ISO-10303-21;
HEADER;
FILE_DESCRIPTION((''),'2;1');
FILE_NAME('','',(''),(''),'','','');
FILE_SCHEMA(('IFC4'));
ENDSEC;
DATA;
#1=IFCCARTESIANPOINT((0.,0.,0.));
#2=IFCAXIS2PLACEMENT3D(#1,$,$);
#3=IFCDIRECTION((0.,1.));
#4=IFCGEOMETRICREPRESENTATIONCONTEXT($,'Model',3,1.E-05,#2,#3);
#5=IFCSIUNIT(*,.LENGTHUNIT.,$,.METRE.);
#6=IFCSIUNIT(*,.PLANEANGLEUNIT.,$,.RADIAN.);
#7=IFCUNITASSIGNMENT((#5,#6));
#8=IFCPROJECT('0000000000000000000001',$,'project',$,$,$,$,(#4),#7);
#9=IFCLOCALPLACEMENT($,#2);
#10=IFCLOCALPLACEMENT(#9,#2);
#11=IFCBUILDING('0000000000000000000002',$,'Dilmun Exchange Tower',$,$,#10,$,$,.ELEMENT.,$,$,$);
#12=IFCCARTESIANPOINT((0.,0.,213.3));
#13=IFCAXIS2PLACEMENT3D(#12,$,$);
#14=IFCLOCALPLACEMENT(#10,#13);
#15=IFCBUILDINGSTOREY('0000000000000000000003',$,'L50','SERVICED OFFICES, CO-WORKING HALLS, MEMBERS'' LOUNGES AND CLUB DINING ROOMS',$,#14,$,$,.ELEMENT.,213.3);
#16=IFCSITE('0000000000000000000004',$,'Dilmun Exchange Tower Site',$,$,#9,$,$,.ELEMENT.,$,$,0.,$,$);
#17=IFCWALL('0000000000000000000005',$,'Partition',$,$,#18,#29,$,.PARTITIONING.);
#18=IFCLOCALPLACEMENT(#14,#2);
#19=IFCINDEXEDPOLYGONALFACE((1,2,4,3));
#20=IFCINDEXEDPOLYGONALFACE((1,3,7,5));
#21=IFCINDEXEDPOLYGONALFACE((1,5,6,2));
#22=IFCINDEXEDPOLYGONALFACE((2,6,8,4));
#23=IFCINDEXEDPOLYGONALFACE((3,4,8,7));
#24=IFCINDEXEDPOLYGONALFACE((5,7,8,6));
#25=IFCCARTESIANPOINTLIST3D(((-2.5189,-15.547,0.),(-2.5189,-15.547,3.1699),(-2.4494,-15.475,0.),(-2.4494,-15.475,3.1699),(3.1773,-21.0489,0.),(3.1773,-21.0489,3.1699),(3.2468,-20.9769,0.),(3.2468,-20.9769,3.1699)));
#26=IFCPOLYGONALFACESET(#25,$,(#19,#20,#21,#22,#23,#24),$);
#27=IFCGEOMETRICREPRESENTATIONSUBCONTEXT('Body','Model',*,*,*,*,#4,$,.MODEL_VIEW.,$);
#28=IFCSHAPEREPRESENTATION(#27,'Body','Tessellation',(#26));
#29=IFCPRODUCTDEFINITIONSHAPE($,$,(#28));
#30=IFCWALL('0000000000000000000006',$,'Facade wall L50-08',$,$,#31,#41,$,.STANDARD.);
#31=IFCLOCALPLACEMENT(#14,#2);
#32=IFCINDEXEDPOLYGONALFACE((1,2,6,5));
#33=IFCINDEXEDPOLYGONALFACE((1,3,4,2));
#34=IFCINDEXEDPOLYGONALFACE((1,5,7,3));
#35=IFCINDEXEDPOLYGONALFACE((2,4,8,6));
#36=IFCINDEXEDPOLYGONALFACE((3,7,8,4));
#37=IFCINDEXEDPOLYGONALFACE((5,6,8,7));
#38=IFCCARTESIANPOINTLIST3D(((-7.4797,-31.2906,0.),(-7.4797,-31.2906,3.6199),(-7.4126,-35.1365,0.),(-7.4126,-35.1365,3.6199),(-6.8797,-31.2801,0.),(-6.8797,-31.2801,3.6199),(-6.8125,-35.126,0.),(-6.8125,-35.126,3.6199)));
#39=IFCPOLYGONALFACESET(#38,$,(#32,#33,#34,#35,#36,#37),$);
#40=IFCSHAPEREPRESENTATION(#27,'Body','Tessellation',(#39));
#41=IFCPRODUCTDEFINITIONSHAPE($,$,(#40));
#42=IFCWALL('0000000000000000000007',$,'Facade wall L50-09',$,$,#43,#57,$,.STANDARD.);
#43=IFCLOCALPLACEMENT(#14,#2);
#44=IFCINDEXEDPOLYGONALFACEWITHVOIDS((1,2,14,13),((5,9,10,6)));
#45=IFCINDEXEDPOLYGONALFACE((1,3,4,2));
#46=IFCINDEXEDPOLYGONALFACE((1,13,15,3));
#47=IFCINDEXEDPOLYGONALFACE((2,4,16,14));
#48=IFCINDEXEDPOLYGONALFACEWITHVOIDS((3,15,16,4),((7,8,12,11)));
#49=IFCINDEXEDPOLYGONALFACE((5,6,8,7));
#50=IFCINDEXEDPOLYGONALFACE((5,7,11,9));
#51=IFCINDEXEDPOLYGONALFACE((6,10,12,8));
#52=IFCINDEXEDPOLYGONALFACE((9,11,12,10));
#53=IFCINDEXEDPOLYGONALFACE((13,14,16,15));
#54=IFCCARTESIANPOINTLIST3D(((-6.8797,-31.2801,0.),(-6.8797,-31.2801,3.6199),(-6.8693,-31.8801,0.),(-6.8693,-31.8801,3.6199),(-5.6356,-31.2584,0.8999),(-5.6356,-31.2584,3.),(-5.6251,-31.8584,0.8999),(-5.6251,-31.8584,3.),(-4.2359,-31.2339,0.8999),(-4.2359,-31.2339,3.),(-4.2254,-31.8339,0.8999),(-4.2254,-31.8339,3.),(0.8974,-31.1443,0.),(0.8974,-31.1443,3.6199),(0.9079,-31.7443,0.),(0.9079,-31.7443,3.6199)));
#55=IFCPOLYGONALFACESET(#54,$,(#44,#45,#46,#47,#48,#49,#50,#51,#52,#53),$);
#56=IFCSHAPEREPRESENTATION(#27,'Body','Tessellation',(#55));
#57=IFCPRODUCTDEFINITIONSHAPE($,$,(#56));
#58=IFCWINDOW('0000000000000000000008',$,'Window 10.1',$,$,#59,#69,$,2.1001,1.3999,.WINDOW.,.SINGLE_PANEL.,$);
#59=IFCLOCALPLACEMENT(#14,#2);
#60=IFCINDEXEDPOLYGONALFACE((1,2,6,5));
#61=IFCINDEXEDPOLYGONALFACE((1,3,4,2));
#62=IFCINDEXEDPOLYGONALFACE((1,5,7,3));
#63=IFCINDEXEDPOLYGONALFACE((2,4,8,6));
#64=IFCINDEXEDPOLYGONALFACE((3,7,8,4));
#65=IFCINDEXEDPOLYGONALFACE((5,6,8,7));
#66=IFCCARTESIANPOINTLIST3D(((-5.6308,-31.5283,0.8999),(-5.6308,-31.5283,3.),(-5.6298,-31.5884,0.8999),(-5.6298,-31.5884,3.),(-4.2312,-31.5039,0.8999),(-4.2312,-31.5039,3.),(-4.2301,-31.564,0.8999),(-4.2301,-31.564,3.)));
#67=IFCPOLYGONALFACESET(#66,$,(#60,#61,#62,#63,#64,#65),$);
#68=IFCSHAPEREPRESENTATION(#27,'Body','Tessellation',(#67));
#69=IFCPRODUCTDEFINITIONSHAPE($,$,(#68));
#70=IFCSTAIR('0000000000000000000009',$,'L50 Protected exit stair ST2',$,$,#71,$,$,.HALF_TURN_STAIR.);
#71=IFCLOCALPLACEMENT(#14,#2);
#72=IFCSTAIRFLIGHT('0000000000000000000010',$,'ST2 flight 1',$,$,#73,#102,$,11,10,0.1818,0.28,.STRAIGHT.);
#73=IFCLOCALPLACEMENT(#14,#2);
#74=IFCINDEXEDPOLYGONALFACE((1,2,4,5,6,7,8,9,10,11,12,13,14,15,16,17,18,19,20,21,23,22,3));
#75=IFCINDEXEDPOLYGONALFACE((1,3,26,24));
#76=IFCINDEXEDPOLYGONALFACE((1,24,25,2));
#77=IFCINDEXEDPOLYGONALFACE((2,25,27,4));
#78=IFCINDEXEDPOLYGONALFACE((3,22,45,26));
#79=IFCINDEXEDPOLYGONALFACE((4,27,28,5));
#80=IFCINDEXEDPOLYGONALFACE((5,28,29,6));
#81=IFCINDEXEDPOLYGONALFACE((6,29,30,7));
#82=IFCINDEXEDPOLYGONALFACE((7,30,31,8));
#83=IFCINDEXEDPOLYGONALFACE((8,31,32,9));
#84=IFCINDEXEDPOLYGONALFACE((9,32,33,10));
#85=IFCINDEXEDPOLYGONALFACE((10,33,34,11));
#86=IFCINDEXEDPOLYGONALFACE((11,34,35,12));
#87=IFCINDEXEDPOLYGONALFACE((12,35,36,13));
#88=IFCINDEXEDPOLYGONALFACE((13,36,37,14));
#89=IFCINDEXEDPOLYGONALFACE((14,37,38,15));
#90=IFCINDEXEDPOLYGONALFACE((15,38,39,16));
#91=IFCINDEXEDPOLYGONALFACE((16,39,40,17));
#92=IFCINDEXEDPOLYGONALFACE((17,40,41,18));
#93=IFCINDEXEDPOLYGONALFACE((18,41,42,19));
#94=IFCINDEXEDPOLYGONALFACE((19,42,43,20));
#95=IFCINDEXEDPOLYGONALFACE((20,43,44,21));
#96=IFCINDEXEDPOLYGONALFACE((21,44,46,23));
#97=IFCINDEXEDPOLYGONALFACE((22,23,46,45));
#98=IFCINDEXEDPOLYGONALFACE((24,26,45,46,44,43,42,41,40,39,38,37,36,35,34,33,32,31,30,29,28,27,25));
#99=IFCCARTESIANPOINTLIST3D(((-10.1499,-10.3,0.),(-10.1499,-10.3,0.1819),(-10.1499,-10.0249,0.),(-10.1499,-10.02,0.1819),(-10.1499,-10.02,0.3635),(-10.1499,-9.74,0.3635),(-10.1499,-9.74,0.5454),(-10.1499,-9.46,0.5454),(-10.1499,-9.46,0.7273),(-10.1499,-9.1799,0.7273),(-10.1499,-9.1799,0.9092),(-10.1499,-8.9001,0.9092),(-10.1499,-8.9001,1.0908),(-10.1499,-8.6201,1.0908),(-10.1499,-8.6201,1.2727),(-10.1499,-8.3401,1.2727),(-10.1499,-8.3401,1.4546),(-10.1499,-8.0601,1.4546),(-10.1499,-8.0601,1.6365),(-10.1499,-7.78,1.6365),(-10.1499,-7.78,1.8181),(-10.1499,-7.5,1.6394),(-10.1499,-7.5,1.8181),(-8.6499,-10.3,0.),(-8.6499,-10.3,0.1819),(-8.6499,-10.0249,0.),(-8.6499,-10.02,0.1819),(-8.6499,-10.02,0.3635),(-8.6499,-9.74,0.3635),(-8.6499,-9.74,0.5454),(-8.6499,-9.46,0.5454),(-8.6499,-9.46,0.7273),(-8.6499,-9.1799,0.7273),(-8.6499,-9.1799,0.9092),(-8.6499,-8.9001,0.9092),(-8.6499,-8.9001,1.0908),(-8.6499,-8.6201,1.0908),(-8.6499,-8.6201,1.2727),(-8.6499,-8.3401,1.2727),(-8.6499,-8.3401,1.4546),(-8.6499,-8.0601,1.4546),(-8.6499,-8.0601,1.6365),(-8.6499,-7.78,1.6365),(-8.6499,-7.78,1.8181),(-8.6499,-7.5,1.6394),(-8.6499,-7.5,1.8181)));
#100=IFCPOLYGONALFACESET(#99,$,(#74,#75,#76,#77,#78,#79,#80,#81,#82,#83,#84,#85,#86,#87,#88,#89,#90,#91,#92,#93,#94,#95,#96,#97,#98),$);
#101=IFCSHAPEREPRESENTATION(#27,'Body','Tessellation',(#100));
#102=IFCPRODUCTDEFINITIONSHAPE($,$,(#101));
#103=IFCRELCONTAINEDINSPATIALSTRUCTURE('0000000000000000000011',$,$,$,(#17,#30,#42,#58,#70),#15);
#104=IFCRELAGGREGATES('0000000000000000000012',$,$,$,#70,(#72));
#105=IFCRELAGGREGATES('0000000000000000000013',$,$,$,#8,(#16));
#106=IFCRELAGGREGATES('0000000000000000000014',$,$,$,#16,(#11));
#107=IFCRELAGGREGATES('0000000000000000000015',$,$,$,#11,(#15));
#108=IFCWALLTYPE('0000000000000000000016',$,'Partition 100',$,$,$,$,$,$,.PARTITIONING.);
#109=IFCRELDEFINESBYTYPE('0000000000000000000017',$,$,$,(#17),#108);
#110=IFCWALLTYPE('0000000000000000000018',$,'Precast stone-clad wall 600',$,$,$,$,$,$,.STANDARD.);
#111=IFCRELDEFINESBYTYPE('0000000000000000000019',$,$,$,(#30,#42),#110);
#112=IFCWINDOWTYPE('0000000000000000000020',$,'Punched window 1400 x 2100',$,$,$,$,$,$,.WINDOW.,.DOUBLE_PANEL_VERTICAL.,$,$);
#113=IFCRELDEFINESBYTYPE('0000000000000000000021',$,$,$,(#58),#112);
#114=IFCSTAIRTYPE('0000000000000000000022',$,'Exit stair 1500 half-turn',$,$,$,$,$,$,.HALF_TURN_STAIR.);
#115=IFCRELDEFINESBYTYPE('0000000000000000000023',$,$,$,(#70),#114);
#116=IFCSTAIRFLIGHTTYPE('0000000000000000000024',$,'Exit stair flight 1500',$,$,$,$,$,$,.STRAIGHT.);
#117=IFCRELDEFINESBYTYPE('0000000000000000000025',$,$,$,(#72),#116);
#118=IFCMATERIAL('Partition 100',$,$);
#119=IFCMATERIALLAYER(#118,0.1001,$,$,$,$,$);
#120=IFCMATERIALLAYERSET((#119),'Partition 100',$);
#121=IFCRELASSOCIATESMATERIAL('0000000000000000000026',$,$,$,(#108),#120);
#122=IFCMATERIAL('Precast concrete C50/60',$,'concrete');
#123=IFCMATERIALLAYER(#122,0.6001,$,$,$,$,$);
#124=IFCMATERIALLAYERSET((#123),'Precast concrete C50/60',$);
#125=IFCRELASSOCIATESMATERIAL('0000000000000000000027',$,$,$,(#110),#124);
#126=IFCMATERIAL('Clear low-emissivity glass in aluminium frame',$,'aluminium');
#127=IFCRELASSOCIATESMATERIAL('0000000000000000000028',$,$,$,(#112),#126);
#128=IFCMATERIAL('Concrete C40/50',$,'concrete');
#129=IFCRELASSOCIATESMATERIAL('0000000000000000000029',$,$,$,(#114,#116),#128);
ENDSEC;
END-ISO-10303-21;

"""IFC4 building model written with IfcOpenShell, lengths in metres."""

from ifc_helpers import new_model, si_unit, direction, frame, frame_2d, origin, place, context, subcontext, project, spatial, polyline, rectangle, outline, extrude, material, layer, layer_set, type_object, element, fill, aggregate, save


model = new_model("IFC4")

# Units and contexts
model_context = context("Model", 3, precision=1e-05, world=origin(), true_north=direction((0.0, 1.0)))
body_context = subcontext(model_context, "Body", "Model", "MODEL_VIEW")
ifc_project = project(units=[si_unit("LENGTHUNIT", "METRE"), si_unit("PLANEANGLEUNIT", "RADIAN")], contexts=[model_context])

# Site, building, storey
site_placement = place(None, origin())
site = spatial("IfcSite", under=ifc_project, at=site_placement, Name="Dilmun Exchange Tower Site", CompositionType="ELEMENT", RefElevation=0.0)
building_placement = place(site_placement, origin())
building = spatial("IfcBuilding", under=site, at=building_placement, Name="Dilmun Exchange Tower", CompositionType="ELEMENT")
storey_placement = place(building_placement, frame((0.0, 0.0, 213.3)))
storey = spatial("IfcBuildingStorey", under=building, at=storey_placement, Name="L50", Description="SERVICED OFFICES, CO-WORKING HALLS, MEMBERS' LOUNGES AND CLUB DINING ROOMS", CompositionType="ELEMENT", Elevation=213.3)

# Shared definitions
ifc_material_1 = material(Name="Concrete C40/50", Category="concrete")

# Walls
ifc_material_2 = material(Name="Partition 100")
ifc_layer_1 = layer(ifc_material_2, 0.1001)
ifc_layer_set_1 = layer_set([ifc_layer_1], Name="Partition 100")
wall_type_1 = type_object("IfcWallType", Name="Partition 100", PredefinedType="PARTITIONING", material=ifc_layer_set_1)
wall_1_placement = place(storey_placement, frame((-2.4841, -15.511, 0.0), z_axis=(0.0, 0.0, 1.0), x_axis=(0.71927, -0.694731, 0.0)))
element("IfcWall", 1, at=wall_1_placement, inside=storey, type_object=wall_type_1, Name="Partition", PredefinedType="PARTITIONING", context=body_context, shape_type="SweptSolid", body=[
    extrude(rectangle(XDim=7.9194, YDim=0.1001, at=frame_2d((3.9597, 0.0))), origin(), (0.0, 0.0, 1.0), 3.1699),
])
ifc_material_3 = material(Name="Precast concrete C50/60", Category="concrete")
ifc_layer_2 = layer(ifc_material_3, 0.6001)
ifc_layer_set_2 = layer_set([ifc_layer_2], Name="Precast concrete C50/60")
wall_type_2 = type_object("IfcWallType", Name="Precast stone-clad wall 600", PredefinedType="STANDARD", material=ifc_layer_set_2)
wall_2_placement = place(storey_placement, frame((-7.1125, -35.1313, 0.0), z_axis=(0.0, 0.0, 1.0), x_axis=(-0.017454, 0.999848, 0.0)))
element("IfcWall", 2, at=wall_2_placement, inside=storey, type_object=wall_type_2, Name="Facade wall L50-08", PredefinedType="STANDARD", context=body_context, shape_type="SweptSolid", body=[
    extrude(rectangle(XDim=3.8464, YDim=0.6001, at=frame_2d((1.9233, 0.0))), origin(), (0.0, 0.0, 1.0), 3.6199),
])

# Wall, opening, window
wall_3_placement = place(storey_placement, frame((-6.8745, -31.5801, 0.0), z_axis=(0.0, 0.0, 1.0), x_axis=(0.999848, 0.017451, 0.0)))
wall_3 = element("IfcWall", 3, at=wall_3_placement, inside=storey, type_object=wall_type_2, Name="Facade wall L50-09", PredefinedType="STANDARD", context=body_context, shape_type="SweptSolid", body=[
    extrude(rectangle(XDim=7.7783, YDim=0.6001, at=frame_2d((3.8892, 0.0))), origin(), (0.0, 0.0, 1.0), 3.6199),
])
opening_1_placement = place(wall_3_placement, frame((1.2444, 0.0, 0.8999)))
opening_1 = element("IfcOpeningElement", 4, at=opening_1_placement, cuts=wall_3, PredefinedType="OPENING", context=body_context, shape_type="SweptSolid", body=[
    extrude(rectangle(XDim=1.3999, YDim=2.1001, at=frame_2d((0.7, 1.05))), frame((0.0, 0.3101, 0.0), z_axis=(0.0, -1.0, 0.0), x_axis=(1.0, 0.0, 0.0)), (0.0, 0.0, 1.0), 0.6201),
])
ifc_material_4 = material(Name="Clear low-emissivity glass in aluminium frame", Category="aluminium")
window_type = type_object("IfcWindowType", Name="Punched window 1400 x 2100", PartitioningType="DOUBLE_PANEL_VERTICAL", PredefinedType="WINDOW", material=ifc_material_4)
window_placement = place(opening_1_placement, origin())
window = element("IfcWindow", 5, at=window_placement, inside=storey, type_object=window_type, Name="Window 10.1", OverallHeight=2.1001, OverallWidth=1.3999, PartitioningType="SINGLE_PANEL", PredefinedType="WINDOW", context=body_context, shape_type="SweptSolid", body=[
    extrude(rectangle(XDim=1.3999, YDim=2.1001, at=frame_2d((0.7, 1.05))), frame((0.0, 0.03, 0.0), z_axis=(0.0, -1.0, 0.0), x_axis=(1.0, 0.0, 0.0)), (0.0, 0.0, 1.0), 0.0601),
])
fill(opening_1, window)

# Stair, stair flight
stair_type = type_object("IfcStairType", Name="Exit stair 1500 half-turn", PredefinedType="HALF_TURN_STAIR", material=ifc_material_1)
stair_placement = place(storey_placement, origin())
stair = element("IfcStair", 6, at=stair_placement, inside=storey, type_object=stair_type, Name="L50 Protected exit stair ST2", PredefinedType="HALF_TURN_STAIR")
stair_flight_type = type_object("IfcStairFlightType", Name="Exit stair flight 1500", PredefinedType="STRAIGHT", material=ifc_material_1)
stair_flight_placement = place(storey_placement, frame((-9.3999, -10.3, 0.0), z_axis=(0.0, 0.0, 1.0), x_axis=(0.0, 1.0, 0.0)))
stair_flight = element("IfcStairFlight", 7, at=stair_flight_placement, type_object=stair_flight_type, Name="ST2 flight 1", NumberOfRisers=11, NumberOfTreads=10, PredefinedType="STRAIGHT", RiserHeight=0.1818, TreadLength=0.28, context=body_context, shape_type="SweptSolid", body=[
    extrude(outline(polyline([(0.0, 0.0), (0.0, 0.1819), (0.28, 0.1819), (0.28, 0.3635), (0.5601, 0.3635), (0.5601, 0.5454), (0.8401, 0.5454), (0.8401, 0.7273), (1.1201, 0.7273), (1.1201, 0.9092), (1.3999, 0.9092), (1.3999, 1.0908), (1.6799, 1.0908), (1.6799, 1.2727), (1.96, 1.2727), (1.96, 1.4546), (2.24, 1.4546), (2.24, 1.6365), (2.52, 1.6365), (2.52, 1.8181), (2.8, 1.8181), (2.8, 2.0), (2.8, 1.6394), (0.2751, 0.0), (0.0, 0.0)])), frame((0.0, 0.75, 0.0), z_axis=(0.0, -1.0, 0.0), x_axis=(1.0, 0.0, 0.0)), (0.0, 0.0, 1.0), 1.5),
])
aggregate(stair, [stair_flight])

save(model, "model.ifc")
